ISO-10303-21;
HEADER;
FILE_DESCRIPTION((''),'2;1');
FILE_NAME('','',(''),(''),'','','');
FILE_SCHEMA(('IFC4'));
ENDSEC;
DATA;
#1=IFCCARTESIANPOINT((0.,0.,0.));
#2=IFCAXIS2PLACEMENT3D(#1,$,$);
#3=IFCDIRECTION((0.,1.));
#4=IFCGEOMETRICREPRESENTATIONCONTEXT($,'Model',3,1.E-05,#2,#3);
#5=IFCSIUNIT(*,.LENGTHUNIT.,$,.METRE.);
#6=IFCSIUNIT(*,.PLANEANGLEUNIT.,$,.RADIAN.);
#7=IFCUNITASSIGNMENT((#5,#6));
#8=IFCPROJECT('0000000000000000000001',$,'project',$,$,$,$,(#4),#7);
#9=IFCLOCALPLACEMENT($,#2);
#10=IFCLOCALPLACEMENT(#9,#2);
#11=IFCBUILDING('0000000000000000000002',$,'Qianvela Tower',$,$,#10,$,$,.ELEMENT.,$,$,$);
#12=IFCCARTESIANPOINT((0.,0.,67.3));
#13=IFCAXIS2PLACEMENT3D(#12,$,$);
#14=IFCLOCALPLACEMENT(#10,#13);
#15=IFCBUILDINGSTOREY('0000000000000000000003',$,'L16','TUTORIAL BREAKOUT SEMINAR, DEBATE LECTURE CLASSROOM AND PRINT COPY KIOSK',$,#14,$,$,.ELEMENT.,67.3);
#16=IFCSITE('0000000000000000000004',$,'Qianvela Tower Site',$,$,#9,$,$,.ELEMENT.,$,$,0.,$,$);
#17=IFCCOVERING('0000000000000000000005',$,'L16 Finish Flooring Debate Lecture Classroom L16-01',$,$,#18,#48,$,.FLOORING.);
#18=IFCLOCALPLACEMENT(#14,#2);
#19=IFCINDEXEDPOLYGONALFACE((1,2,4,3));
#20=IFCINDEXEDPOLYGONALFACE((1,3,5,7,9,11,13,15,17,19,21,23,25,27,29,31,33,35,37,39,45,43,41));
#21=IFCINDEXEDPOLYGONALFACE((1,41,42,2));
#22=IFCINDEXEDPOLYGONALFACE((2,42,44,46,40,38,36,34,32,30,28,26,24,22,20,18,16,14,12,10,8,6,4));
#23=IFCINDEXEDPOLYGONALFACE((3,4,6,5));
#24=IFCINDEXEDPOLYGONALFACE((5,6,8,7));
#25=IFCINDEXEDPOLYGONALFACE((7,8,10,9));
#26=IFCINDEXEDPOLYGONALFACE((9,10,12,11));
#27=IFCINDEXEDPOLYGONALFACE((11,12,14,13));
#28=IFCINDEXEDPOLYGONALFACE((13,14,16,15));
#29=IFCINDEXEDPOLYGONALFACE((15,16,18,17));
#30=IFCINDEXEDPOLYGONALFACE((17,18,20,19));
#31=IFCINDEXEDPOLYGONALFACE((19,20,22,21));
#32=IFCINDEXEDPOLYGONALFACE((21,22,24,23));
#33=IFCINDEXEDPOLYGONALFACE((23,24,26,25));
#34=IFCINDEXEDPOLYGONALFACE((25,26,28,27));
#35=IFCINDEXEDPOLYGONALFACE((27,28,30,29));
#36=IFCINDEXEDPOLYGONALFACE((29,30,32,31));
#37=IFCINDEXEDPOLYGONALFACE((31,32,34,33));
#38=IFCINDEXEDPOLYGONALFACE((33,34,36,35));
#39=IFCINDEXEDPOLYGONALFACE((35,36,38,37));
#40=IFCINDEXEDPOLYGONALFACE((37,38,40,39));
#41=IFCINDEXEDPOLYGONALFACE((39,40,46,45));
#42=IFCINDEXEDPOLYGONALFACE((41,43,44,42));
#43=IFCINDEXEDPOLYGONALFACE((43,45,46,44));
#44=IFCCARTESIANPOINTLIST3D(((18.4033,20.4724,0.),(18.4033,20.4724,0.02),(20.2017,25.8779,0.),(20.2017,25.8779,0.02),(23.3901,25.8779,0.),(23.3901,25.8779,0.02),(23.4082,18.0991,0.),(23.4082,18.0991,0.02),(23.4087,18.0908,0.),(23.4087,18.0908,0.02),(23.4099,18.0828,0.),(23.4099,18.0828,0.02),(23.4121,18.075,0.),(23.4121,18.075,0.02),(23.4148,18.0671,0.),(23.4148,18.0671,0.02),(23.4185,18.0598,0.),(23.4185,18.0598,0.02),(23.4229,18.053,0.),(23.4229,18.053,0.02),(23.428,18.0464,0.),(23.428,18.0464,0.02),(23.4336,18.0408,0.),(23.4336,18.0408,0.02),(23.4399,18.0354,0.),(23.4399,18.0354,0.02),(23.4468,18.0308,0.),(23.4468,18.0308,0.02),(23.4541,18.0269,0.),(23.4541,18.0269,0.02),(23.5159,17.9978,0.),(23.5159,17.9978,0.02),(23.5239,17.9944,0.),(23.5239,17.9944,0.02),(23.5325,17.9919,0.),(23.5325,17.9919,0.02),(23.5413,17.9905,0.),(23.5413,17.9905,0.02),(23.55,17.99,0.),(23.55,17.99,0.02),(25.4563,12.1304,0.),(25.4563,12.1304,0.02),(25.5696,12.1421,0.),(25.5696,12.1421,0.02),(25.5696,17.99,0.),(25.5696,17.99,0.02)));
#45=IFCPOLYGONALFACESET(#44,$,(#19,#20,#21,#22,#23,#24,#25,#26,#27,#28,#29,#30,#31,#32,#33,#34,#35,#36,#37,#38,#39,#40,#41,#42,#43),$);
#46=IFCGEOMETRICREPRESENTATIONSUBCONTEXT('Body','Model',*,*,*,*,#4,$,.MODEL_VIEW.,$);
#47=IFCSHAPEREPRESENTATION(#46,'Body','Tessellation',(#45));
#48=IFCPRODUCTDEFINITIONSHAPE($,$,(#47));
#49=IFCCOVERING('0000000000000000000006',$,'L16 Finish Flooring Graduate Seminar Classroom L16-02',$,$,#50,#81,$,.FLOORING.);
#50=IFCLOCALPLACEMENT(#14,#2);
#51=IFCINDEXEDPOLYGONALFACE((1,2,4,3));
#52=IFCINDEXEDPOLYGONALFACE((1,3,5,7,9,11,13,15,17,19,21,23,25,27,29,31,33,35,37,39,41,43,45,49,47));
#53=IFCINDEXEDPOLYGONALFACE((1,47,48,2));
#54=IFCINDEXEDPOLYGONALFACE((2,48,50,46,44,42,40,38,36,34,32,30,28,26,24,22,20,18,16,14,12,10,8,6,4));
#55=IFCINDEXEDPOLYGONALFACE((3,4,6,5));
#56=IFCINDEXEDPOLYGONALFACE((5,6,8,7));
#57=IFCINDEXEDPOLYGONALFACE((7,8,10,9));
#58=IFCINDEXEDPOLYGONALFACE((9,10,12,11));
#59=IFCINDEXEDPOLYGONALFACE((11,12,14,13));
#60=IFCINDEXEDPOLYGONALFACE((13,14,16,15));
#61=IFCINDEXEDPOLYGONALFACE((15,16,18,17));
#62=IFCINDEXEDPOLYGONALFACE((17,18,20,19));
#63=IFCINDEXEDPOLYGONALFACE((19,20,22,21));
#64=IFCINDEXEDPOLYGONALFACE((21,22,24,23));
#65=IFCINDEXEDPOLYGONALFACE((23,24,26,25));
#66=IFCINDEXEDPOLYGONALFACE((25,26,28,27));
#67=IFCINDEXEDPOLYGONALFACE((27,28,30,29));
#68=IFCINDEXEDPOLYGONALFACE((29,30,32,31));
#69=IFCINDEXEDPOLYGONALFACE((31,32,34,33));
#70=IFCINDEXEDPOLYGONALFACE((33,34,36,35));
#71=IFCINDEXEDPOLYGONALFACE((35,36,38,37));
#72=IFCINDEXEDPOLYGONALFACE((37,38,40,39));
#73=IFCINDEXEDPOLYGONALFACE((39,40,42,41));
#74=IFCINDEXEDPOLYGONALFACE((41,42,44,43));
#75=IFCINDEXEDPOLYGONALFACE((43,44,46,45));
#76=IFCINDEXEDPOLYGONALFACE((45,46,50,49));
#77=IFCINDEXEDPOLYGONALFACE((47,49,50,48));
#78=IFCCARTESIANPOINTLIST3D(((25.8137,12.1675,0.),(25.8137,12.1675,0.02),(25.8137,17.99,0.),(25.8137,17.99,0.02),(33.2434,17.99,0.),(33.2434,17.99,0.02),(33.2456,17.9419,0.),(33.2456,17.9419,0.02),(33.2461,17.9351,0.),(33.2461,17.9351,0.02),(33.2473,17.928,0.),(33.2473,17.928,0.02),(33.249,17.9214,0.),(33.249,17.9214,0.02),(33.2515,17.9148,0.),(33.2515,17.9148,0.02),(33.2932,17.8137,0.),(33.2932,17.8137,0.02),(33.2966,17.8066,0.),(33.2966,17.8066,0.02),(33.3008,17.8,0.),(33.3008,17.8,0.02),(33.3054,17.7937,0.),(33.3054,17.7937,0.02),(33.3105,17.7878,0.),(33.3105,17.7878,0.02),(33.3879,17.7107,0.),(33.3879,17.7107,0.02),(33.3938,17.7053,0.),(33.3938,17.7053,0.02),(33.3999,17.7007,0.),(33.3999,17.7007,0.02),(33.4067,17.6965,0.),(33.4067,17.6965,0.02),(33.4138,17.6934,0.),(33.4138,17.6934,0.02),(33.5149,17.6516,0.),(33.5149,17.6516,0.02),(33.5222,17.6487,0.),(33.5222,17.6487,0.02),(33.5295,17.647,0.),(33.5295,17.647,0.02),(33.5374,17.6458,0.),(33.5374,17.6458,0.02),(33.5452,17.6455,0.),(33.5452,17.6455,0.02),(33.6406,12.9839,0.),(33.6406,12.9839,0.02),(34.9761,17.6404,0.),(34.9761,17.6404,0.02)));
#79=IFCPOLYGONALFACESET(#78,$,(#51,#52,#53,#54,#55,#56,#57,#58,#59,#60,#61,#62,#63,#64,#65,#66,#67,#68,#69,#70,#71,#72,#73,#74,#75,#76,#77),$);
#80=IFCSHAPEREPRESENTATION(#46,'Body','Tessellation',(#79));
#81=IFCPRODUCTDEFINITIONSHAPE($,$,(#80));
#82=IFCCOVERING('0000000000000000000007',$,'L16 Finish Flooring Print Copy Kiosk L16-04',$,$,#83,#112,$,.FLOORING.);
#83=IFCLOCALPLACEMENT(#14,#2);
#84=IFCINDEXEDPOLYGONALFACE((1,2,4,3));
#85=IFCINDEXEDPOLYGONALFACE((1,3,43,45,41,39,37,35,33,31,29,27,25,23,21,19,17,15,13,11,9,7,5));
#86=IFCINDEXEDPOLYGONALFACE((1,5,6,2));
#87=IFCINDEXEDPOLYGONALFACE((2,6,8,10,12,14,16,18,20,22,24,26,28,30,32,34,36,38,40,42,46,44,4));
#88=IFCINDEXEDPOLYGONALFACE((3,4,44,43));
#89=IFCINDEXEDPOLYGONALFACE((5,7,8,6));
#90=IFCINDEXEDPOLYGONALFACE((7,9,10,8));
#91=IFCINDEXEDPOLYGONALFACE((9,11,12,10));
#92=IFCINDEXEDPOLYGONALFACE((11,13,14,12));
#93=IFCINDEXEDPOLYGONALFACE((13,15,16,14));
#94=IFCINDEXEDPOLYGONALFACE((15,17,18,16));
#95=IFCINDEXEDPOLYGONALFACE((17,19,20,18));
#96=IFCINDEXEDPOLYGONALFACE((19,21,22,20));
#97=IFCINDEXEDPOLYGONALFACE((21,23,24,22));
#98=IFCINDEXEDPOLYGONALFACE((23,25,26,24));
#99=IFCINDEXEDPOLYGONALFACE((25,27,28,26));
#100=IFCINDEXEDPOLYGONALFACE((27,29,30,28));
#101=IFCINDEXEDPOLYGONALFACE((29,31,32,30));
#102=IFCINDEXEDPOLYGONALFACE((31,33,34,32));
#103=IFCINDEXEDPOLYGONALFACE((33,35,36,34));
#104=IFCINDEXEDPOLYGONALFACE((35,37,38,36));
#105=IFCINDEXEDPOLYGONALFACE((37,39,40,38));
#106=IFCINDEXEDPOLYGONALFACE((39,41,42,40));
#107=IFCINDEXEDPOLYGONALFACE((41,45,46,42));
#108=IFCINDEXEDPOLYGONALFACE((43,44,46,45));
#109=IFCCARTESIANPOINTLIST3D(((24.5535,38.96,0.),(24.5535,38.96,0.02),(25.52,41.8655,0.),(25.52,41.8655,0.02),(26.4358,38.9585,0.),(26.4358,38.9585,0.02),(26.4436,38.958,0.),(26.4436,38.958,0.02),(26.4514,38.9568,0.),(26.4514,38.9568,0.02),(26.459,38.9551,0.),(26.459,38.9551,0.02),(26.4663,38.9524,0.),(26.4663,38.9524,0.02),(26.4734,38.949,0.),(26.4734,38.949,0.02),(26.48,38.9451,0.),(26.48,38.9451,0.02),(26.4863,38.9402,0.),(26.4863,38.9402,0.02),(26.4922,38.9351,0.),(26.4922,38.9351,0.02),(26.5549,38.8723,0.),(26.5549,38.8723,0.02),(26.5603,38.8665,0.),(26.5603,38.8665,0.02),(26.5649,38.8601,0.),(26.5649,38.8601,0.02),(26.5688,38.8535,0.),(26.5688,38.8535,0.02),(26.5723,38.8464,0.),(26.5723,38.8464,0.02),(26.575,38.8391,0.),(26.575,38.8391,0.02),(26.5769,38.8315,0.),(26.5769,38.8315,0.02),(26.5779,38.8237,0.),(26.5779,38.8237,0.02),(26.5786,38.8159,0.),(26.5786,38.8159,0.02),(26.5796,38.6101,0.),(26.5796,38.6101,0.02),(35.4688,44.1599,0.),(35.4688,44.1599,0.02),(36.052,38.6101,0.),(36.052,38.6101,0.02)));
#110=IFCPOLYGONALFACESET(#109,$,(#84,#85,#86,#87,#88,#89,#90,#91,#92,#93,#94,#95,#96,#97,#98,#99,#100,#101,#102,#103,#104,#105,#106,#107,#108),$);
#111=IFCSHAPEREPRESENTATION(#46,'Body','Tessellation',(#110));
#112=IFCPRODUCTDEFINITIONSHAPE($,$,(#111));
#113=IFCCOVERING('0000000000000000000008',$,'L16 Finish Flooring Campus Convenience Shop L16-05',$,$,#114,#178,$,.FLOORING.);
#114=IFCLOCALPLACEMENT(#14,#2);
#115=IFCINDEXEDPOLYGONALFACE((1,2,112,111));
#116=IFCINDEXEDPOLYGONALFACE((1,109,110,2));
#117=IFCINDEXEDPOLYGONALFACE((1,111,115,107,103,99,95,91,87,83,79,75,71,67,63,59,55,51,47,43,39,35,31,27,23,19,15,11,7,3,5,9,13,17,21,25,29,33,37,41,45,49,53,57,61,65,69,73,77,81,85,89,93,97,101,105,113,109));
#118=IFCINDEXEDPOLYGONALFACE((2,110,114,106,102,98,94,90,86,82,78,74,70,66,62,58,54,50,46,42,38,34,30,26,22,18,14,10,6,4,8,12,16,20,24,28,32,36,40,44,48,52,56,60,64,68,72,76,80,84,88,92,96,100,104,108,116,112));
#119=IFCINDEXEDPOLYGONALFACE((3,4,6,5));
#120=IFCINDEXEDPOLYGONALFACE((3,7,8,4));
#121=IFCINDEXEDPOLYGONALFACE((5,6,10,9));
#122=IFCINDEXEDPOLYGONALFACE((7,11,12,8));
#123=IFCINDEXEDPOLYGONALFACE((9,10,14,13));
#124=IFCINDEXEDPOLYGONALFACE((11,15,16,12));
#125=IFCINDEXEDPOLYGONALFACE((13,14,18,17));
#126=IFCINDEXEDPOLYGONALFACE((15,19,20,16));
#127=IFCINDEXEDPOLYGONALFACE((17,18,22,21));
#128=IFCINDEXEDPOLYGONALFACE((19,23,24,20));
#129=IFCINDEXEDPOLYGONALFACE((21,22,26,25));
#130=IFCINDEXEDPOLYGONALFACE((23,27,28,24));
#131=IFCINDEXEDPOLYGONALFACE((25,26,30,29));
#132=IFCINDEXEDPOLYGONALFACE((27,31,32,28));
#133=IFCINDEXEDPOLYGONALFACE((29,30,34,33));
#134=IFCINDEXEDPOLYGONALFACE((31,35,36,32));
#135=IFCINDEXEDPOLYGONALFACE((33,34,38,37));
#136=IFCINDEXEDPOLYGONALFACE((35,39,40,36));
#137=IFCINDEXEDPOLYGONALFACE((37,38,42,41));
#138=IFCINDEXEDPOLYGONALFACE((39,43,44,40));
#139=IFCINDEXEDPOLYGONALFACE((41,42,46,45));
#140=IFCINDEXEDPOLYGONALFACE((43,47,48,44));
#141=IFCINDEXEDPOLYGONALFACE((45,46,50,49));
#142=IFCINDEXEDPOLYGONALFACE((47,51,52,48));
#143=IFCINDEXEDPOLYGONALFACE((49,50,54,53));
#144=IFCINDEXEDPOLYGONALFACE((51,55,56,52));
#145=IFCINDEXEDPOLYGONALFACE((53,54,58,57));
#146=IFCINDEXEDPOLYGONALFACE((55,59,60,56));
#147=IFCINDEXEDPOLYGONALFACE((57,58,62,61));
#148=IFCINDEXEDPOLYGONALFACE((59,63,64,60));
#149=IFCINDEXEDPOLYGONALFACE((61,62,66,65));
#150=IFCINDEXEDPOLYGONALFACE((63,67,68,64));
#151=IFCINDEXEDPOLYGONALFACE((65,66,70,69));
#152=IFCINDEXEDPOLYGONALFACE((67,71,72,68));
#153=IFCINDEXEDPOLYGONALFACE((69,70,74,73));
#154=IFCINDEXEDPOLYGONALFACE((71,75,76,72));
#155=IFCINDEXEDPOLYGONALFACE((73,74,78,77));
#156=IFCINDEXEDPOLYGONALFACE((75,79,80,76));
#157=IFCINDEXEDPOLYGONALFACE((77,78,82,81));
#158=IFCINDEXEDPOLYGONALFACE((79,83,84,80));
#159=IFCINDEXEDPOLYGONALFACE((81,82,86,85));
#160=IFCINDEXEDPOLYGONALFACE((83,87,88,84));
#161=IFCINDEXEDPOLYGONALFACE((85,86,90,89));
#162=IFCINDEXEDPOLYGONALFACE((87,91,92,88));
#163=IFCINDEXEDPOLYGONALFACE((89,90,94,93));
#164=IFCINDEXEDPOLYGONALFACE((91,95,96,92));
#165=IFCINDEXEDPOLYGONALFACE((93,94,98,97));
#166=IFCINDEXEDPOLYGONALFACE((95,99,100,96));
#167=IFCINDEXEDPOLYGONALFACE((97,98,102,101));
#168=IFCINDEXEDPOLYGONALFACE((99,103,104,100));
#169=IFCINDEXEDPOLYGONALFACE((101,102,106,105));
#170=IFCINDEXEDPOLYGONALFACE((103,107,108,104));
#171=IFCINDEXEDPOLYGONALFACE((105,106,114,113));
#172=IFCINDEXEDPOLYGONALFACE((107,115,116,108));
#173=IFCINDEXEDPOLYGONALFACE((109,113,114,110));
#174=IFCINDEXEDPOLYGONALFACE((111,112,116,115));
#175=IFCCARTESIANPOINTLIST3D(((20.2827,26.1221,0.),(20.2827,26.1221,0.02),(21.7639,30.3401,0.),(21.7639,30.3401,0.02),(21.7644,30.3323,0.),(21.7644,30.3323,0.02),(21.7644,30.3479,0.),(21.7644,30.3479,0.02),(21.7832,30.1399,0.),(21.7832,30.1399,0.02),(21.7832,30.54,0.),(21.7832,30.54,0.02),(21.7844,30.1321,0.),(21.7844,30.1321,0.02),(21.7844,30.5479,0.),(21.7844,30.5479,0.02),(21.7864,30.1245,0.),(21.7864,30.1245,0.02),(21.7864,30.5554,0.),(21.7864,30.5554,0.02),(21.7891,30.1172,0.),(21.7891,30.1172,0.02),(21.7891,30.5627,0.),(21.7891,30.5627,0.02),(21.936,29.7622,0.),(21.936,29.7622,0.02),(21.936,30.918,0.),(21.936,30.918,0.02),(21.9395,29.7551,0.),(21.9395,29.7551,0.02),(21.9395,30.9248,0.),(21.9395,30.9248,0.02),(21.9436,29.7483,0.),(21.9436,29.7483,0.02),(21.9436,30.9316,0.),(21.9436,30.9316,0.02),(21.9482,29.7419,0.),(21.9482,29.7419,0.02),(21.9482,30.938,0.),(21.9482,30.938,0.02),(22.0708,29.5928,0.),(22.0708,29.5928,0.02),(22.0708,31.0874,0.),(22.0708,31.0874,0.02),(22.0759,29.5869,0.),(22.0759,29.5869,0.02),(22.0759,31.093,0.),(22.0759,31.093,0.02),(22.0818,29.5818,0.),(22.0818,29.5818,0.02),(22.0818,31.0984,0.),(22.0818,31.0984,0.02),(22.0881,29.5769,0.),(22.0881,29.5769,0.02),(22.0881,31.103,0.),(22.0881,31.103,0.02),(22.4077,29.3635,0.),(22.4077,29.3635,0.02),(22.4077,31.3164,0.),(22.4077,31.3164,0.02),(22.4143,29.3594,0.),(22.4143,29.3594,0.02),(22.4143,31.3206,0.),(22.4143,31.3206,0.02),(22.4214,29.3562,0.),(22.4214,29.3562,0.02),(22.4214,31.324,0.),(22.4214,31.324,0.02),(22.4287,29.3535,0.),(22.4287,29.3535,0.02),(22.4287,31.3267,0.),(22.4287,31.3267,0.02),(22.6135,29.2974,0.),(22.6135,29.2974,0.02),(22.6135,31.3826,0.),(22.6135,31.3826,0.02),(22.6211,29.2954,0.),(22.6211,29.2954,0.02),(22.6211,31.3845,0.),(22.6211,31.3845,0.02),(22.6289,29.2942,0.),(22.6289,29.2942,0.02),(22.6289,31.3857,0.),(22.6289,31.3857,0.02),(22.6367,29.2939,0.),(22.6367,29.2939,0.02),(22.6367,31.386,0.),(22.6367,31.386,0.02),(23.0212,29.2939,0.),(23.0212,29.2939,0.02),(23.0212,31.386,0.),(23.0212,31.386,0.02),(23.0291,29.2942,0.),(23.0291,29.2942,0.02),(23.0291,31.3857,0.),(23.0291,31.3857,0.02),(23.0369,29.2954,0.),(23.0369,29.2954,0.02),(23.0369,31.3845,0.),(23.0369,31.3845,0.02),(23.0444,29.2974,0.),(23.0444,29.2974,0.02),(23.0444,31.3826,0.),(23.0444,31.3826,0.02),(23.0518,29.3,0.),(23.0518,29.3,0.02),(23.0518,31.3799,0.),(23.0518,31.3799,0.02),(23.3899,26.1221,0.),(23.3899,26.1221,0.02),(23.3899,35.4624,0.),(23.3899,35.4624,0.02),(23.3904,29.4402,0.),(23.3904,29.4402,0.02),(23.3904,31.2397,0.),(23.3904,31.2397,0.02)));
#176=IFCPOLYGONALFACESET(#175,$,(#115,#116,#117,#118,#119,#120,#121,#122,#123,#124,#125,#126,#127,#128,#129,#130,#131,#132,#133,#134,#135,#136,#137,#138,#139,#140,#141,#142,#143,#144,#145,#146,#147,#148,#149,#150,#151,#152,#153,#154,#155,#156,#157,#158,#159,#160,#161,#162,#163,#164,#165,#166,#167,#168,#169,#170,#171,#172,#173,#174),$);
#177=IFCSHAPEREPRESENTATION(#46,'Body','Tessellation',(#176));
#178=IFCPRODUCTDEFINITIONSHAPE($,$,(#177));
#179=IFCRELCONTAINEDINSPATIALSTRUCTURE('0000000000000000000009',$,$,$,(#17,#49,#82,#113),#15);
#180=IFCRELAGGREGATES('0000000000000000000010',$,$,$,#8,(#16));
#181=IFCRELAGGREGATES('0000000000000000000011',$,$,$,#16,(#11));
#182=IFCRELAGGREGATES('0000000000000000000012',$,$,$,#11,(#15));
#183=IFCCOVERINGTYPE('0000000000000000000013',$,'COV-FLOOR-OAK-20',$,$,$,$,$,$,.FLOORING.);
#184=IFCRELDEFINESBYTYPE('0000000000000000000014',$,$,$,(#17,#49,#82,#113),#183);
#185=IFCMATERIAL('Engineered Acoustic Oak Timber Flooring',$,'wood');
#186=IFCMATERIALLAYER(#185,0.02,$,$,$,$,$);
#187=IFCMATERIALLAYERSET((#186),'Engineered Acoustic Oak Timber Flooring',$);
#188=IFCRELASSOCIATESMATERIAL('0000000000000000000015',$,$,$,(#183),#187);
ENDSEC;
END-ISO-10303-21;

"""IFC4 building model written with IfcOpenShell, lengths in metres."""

from ifc_helpers import new_model, si_unit, direction, frame, origin, place, context, subcontext, project, spatial, polyline, outline, extrude, material, layer, layer_set, type_object, element, save


model = new_model("IFC4")

# Units and contexts
model_context = context("Model", 3, precision=1e-05, world=origin(), true_north=direction((0.0, 1.0)))
body_context = subcontext(model_context, "Body", "Model", "MODEL_VIEW")
ifc_project = project(units=[si_unit("LENGTHUNIT", "METRE"), si_unit("PLANEANGLEUNIT", "RADIAN")], contexts=[model_context])

# Site, building, storey
site_placement = place(None, origin())
site = spatial("IfcSite", under=ifc_project, at=site_placement, Name="Qianvela Tower Site", CompositionType="ELEMENT", RefElevation=0.0)
building_placement = place(site_placement, origin())
building = spatial("IfcBuilding", under=site, at=building_placement, Name="Qianvela Tower", CompositionType="ELEMENT")
storey_placement = place(building_placement, frame((0.0, 0.0, 67.3)))
storey = spatial("IfcBuildingStorey", under=building, at=storey_placement, Name="L16", Description="TUTORIAL BREAKOUT SEMINAR, DEBATE LECTURE CLASSROOM AND PRINT COPY KIOSK", CompositionType="ELEMENT", Elevation=67.3)

# Coverings
ifc_material_1 = material(Name="Engineered Acoustic Oak Timber Flooring", Category="wood")
ifc_layer_1 = layer(ifc_material_1, 0.02)
ifc_layer_set_1 = layer_set([ifc_layer_1], Name="Engineered Acoustic Oak Timber Flooring")
covering_type_1 = type_object("IfcCoveringType", Name="COV-FLOOR-OAK-20", PredefinedType="FLOORING", material=ifc_layer_set_1)
covering_1_placement = place(storey_placement, origin())
element("IfcCovering", 1, at=covering_1_placement, inside=storey, type_object=covering_type_1, Name="L16 Finish Flooring Debate Lecture Classroom L16-01", PredefinedType="FLOORING", context=body_context, shape_type="SweptSolid", body=[
    extrude(outline(polyline([(23.3901, 25.8779), (23.4082, 18.0991), (23.4087, 18.0908), (23.4099, 18.0828), (23.4121, 18.075), (23.4148, 18.0671), (23.4185, 18.0598), (23.4229, 18.053), (23.428, 18.0464), (23.4336, 18.0408), (23.4399, 18.0354), (23.4468, 18.0308), (23.4541, 18.0269), (23.5159, 17.9978), (23.5239, 17.9944), (23.5325, 17.9919), (23.5413, 17.9905), (23.55, 17.99), (25.5696, 17.99), (25.5696, 12.1421), (25.4563, 12.1304), (18.4033, 20.4724), (20.2017, 25.8779), (23.3901, 25.8779)])), origin(), (0.0, 0.0, 1.0), 0.02),
])
covering_2_placement = place(storey_placement, origin())
element("IfcCovering", 2, at=covering_2_placement, inside=storey, type_object=covering_type_1, Name="L16 Finish Flooring Graduate Seminar Classroom L16-02", PredefinedType="FLOORING", context=body_context, shape_type="SweptSolid", body=[
    extrude(outline(polyline([(33.2456, 17.9419), (33.2461, 17.9351), (33.2473, 17.928), (33.249, 17.9214), (33.2515, 17.9148), (33.2932, 17.8137), (33.2966, 17.8066), (33.3008, 17.8), (33.3054, 17.7937), (33.3105, 17.7878), (33.3879, 17.7107), (33.3938, 17.7053), (33.3999, 17.7007), (33.4067, 17.6965), (33.4138, 17.6934), (33.5149, 17.6516), (33.5222, 17.6487), (33.5295, 17.647), (33.5374, 17.6458), (33.5452, 17.6455), (34.9761, 17.6404), (33.6406, 12.9839), (25.8137, 12.1675), (25.8137, 17.99), (33.2434, 17.99), (33.2456, 17.9419)])), origin(), (0.0, 0.0, 1.0), 0.02),
])
covering_3_placement = place(storey_placement, origin())
element("IfcCovering", 3, at=covering_3_placement, inside=storey, type_object=covering_type_1, Name="L16 Finish Flooring Print Copy Kiosk L16-04", PredefinedType="FLOORING", context=body_context, shape_type="SweptSolid", body=[
    extrude(outline(polyline([(26.5786, 38.8159), (26.5779, 38.8237), (26.5769, 38.8315), (26.575, 38.8391), (26.5723, 38.8464), (26.5688, 38.8535), (26.5649, 38.8601), (26.5603, 38.8665), (26.5549, 38.8723), (26.4922, 38.9351), (26.4863, 38.9402), (26.48, 38.9451), (26.4734, 38.949), (26.4663, 38.9524), (26.459, 38.9551), (26.4514, 38.9568), (26.4436, 38.958), (26.4358, 38.9585), (24.5535, 38.96), (25.52, 41.8655), (35.4688, 44.1599), (36.052, 38.6101), (26.5796, 38.6101), (26.5786, 38.8159)])), origin(), (0.0, 0.0, 1.0), 0.02),
])
covering_4_placement = place(storey_placement, origin())
element("IfcCovering", 4, at=covering_4_placement, inside=storey, type_object=covering_type_1, Name="L16 Finish Flooring Campus Convenience Shop L16-05", PredefinedType="FLOORING", context=body_context, shape_type="SweptSolid", body=[
    extrude(outline(polyline([(23.3904, 29.4402), (23.3899, 26.1221), (20.2827, 26.1221), (23.3899, 35.4624), (23.3904, 31.2397), (23.0518, 31.3799), (23.0444, 31.3826), (23.0369, 31.3845), (23.0291, 31.3857), (23.0212, 31.386), (22.6367, 31.386), (22.6289, 31.3857), (22.6211, 31.3845), (22.6135, 31.3826), (22.4287, 31.3267), (22.4214, 31.324), (22.4143, 31.3206), (22.4077, 31.3164), (22.0881, 31.103), (22.0818, 31.0984), (22.0759, 31.093), (22.0708, 31.0874), (21.9482, 30.938), (21.9436, 30.9316), (21.9395, 30.9248), (21.936, 30.918), (21.7891, 30.5627), (21.7864, 30.5554), (21.7844, 30.5479), (21.7832, 30.54), (21.7644, 30.3479), (21.7639, 30.3401), (21.7644, 30.3323), (21.7832, 30.1399), (21.7844, 30.1321), (21.7864, 30.1245), (21.7891, 30.1172), (21.936, 29.7622), (21.9395, 29.7551), (21.9436, 29.7483), (21.9482, 29.7419), (22.0708, 29.5928), (22.0759, 29.5869), (22.0818, 29.5818), (22.0881, 29.5769), (22.4077, 29.3635), (22.4143, 29.3594), (22.4214, 29.3562), (22.4287, 29.3535), (22.6135, 29.2974), (22.6211, 29.2954), (22.6289, 29.2942), (22.6367, 29.2939), (23.0212, 29.2939), (23.0291, 29.2942), (23.0369, 29.2954), (23.0444, 29.2974), (23.0518, 29.3), (23.3904, 29.4402)])), origin(), (0.0, 0.0, 1.0), 0.02),
])

save(model, "model.ifc")
